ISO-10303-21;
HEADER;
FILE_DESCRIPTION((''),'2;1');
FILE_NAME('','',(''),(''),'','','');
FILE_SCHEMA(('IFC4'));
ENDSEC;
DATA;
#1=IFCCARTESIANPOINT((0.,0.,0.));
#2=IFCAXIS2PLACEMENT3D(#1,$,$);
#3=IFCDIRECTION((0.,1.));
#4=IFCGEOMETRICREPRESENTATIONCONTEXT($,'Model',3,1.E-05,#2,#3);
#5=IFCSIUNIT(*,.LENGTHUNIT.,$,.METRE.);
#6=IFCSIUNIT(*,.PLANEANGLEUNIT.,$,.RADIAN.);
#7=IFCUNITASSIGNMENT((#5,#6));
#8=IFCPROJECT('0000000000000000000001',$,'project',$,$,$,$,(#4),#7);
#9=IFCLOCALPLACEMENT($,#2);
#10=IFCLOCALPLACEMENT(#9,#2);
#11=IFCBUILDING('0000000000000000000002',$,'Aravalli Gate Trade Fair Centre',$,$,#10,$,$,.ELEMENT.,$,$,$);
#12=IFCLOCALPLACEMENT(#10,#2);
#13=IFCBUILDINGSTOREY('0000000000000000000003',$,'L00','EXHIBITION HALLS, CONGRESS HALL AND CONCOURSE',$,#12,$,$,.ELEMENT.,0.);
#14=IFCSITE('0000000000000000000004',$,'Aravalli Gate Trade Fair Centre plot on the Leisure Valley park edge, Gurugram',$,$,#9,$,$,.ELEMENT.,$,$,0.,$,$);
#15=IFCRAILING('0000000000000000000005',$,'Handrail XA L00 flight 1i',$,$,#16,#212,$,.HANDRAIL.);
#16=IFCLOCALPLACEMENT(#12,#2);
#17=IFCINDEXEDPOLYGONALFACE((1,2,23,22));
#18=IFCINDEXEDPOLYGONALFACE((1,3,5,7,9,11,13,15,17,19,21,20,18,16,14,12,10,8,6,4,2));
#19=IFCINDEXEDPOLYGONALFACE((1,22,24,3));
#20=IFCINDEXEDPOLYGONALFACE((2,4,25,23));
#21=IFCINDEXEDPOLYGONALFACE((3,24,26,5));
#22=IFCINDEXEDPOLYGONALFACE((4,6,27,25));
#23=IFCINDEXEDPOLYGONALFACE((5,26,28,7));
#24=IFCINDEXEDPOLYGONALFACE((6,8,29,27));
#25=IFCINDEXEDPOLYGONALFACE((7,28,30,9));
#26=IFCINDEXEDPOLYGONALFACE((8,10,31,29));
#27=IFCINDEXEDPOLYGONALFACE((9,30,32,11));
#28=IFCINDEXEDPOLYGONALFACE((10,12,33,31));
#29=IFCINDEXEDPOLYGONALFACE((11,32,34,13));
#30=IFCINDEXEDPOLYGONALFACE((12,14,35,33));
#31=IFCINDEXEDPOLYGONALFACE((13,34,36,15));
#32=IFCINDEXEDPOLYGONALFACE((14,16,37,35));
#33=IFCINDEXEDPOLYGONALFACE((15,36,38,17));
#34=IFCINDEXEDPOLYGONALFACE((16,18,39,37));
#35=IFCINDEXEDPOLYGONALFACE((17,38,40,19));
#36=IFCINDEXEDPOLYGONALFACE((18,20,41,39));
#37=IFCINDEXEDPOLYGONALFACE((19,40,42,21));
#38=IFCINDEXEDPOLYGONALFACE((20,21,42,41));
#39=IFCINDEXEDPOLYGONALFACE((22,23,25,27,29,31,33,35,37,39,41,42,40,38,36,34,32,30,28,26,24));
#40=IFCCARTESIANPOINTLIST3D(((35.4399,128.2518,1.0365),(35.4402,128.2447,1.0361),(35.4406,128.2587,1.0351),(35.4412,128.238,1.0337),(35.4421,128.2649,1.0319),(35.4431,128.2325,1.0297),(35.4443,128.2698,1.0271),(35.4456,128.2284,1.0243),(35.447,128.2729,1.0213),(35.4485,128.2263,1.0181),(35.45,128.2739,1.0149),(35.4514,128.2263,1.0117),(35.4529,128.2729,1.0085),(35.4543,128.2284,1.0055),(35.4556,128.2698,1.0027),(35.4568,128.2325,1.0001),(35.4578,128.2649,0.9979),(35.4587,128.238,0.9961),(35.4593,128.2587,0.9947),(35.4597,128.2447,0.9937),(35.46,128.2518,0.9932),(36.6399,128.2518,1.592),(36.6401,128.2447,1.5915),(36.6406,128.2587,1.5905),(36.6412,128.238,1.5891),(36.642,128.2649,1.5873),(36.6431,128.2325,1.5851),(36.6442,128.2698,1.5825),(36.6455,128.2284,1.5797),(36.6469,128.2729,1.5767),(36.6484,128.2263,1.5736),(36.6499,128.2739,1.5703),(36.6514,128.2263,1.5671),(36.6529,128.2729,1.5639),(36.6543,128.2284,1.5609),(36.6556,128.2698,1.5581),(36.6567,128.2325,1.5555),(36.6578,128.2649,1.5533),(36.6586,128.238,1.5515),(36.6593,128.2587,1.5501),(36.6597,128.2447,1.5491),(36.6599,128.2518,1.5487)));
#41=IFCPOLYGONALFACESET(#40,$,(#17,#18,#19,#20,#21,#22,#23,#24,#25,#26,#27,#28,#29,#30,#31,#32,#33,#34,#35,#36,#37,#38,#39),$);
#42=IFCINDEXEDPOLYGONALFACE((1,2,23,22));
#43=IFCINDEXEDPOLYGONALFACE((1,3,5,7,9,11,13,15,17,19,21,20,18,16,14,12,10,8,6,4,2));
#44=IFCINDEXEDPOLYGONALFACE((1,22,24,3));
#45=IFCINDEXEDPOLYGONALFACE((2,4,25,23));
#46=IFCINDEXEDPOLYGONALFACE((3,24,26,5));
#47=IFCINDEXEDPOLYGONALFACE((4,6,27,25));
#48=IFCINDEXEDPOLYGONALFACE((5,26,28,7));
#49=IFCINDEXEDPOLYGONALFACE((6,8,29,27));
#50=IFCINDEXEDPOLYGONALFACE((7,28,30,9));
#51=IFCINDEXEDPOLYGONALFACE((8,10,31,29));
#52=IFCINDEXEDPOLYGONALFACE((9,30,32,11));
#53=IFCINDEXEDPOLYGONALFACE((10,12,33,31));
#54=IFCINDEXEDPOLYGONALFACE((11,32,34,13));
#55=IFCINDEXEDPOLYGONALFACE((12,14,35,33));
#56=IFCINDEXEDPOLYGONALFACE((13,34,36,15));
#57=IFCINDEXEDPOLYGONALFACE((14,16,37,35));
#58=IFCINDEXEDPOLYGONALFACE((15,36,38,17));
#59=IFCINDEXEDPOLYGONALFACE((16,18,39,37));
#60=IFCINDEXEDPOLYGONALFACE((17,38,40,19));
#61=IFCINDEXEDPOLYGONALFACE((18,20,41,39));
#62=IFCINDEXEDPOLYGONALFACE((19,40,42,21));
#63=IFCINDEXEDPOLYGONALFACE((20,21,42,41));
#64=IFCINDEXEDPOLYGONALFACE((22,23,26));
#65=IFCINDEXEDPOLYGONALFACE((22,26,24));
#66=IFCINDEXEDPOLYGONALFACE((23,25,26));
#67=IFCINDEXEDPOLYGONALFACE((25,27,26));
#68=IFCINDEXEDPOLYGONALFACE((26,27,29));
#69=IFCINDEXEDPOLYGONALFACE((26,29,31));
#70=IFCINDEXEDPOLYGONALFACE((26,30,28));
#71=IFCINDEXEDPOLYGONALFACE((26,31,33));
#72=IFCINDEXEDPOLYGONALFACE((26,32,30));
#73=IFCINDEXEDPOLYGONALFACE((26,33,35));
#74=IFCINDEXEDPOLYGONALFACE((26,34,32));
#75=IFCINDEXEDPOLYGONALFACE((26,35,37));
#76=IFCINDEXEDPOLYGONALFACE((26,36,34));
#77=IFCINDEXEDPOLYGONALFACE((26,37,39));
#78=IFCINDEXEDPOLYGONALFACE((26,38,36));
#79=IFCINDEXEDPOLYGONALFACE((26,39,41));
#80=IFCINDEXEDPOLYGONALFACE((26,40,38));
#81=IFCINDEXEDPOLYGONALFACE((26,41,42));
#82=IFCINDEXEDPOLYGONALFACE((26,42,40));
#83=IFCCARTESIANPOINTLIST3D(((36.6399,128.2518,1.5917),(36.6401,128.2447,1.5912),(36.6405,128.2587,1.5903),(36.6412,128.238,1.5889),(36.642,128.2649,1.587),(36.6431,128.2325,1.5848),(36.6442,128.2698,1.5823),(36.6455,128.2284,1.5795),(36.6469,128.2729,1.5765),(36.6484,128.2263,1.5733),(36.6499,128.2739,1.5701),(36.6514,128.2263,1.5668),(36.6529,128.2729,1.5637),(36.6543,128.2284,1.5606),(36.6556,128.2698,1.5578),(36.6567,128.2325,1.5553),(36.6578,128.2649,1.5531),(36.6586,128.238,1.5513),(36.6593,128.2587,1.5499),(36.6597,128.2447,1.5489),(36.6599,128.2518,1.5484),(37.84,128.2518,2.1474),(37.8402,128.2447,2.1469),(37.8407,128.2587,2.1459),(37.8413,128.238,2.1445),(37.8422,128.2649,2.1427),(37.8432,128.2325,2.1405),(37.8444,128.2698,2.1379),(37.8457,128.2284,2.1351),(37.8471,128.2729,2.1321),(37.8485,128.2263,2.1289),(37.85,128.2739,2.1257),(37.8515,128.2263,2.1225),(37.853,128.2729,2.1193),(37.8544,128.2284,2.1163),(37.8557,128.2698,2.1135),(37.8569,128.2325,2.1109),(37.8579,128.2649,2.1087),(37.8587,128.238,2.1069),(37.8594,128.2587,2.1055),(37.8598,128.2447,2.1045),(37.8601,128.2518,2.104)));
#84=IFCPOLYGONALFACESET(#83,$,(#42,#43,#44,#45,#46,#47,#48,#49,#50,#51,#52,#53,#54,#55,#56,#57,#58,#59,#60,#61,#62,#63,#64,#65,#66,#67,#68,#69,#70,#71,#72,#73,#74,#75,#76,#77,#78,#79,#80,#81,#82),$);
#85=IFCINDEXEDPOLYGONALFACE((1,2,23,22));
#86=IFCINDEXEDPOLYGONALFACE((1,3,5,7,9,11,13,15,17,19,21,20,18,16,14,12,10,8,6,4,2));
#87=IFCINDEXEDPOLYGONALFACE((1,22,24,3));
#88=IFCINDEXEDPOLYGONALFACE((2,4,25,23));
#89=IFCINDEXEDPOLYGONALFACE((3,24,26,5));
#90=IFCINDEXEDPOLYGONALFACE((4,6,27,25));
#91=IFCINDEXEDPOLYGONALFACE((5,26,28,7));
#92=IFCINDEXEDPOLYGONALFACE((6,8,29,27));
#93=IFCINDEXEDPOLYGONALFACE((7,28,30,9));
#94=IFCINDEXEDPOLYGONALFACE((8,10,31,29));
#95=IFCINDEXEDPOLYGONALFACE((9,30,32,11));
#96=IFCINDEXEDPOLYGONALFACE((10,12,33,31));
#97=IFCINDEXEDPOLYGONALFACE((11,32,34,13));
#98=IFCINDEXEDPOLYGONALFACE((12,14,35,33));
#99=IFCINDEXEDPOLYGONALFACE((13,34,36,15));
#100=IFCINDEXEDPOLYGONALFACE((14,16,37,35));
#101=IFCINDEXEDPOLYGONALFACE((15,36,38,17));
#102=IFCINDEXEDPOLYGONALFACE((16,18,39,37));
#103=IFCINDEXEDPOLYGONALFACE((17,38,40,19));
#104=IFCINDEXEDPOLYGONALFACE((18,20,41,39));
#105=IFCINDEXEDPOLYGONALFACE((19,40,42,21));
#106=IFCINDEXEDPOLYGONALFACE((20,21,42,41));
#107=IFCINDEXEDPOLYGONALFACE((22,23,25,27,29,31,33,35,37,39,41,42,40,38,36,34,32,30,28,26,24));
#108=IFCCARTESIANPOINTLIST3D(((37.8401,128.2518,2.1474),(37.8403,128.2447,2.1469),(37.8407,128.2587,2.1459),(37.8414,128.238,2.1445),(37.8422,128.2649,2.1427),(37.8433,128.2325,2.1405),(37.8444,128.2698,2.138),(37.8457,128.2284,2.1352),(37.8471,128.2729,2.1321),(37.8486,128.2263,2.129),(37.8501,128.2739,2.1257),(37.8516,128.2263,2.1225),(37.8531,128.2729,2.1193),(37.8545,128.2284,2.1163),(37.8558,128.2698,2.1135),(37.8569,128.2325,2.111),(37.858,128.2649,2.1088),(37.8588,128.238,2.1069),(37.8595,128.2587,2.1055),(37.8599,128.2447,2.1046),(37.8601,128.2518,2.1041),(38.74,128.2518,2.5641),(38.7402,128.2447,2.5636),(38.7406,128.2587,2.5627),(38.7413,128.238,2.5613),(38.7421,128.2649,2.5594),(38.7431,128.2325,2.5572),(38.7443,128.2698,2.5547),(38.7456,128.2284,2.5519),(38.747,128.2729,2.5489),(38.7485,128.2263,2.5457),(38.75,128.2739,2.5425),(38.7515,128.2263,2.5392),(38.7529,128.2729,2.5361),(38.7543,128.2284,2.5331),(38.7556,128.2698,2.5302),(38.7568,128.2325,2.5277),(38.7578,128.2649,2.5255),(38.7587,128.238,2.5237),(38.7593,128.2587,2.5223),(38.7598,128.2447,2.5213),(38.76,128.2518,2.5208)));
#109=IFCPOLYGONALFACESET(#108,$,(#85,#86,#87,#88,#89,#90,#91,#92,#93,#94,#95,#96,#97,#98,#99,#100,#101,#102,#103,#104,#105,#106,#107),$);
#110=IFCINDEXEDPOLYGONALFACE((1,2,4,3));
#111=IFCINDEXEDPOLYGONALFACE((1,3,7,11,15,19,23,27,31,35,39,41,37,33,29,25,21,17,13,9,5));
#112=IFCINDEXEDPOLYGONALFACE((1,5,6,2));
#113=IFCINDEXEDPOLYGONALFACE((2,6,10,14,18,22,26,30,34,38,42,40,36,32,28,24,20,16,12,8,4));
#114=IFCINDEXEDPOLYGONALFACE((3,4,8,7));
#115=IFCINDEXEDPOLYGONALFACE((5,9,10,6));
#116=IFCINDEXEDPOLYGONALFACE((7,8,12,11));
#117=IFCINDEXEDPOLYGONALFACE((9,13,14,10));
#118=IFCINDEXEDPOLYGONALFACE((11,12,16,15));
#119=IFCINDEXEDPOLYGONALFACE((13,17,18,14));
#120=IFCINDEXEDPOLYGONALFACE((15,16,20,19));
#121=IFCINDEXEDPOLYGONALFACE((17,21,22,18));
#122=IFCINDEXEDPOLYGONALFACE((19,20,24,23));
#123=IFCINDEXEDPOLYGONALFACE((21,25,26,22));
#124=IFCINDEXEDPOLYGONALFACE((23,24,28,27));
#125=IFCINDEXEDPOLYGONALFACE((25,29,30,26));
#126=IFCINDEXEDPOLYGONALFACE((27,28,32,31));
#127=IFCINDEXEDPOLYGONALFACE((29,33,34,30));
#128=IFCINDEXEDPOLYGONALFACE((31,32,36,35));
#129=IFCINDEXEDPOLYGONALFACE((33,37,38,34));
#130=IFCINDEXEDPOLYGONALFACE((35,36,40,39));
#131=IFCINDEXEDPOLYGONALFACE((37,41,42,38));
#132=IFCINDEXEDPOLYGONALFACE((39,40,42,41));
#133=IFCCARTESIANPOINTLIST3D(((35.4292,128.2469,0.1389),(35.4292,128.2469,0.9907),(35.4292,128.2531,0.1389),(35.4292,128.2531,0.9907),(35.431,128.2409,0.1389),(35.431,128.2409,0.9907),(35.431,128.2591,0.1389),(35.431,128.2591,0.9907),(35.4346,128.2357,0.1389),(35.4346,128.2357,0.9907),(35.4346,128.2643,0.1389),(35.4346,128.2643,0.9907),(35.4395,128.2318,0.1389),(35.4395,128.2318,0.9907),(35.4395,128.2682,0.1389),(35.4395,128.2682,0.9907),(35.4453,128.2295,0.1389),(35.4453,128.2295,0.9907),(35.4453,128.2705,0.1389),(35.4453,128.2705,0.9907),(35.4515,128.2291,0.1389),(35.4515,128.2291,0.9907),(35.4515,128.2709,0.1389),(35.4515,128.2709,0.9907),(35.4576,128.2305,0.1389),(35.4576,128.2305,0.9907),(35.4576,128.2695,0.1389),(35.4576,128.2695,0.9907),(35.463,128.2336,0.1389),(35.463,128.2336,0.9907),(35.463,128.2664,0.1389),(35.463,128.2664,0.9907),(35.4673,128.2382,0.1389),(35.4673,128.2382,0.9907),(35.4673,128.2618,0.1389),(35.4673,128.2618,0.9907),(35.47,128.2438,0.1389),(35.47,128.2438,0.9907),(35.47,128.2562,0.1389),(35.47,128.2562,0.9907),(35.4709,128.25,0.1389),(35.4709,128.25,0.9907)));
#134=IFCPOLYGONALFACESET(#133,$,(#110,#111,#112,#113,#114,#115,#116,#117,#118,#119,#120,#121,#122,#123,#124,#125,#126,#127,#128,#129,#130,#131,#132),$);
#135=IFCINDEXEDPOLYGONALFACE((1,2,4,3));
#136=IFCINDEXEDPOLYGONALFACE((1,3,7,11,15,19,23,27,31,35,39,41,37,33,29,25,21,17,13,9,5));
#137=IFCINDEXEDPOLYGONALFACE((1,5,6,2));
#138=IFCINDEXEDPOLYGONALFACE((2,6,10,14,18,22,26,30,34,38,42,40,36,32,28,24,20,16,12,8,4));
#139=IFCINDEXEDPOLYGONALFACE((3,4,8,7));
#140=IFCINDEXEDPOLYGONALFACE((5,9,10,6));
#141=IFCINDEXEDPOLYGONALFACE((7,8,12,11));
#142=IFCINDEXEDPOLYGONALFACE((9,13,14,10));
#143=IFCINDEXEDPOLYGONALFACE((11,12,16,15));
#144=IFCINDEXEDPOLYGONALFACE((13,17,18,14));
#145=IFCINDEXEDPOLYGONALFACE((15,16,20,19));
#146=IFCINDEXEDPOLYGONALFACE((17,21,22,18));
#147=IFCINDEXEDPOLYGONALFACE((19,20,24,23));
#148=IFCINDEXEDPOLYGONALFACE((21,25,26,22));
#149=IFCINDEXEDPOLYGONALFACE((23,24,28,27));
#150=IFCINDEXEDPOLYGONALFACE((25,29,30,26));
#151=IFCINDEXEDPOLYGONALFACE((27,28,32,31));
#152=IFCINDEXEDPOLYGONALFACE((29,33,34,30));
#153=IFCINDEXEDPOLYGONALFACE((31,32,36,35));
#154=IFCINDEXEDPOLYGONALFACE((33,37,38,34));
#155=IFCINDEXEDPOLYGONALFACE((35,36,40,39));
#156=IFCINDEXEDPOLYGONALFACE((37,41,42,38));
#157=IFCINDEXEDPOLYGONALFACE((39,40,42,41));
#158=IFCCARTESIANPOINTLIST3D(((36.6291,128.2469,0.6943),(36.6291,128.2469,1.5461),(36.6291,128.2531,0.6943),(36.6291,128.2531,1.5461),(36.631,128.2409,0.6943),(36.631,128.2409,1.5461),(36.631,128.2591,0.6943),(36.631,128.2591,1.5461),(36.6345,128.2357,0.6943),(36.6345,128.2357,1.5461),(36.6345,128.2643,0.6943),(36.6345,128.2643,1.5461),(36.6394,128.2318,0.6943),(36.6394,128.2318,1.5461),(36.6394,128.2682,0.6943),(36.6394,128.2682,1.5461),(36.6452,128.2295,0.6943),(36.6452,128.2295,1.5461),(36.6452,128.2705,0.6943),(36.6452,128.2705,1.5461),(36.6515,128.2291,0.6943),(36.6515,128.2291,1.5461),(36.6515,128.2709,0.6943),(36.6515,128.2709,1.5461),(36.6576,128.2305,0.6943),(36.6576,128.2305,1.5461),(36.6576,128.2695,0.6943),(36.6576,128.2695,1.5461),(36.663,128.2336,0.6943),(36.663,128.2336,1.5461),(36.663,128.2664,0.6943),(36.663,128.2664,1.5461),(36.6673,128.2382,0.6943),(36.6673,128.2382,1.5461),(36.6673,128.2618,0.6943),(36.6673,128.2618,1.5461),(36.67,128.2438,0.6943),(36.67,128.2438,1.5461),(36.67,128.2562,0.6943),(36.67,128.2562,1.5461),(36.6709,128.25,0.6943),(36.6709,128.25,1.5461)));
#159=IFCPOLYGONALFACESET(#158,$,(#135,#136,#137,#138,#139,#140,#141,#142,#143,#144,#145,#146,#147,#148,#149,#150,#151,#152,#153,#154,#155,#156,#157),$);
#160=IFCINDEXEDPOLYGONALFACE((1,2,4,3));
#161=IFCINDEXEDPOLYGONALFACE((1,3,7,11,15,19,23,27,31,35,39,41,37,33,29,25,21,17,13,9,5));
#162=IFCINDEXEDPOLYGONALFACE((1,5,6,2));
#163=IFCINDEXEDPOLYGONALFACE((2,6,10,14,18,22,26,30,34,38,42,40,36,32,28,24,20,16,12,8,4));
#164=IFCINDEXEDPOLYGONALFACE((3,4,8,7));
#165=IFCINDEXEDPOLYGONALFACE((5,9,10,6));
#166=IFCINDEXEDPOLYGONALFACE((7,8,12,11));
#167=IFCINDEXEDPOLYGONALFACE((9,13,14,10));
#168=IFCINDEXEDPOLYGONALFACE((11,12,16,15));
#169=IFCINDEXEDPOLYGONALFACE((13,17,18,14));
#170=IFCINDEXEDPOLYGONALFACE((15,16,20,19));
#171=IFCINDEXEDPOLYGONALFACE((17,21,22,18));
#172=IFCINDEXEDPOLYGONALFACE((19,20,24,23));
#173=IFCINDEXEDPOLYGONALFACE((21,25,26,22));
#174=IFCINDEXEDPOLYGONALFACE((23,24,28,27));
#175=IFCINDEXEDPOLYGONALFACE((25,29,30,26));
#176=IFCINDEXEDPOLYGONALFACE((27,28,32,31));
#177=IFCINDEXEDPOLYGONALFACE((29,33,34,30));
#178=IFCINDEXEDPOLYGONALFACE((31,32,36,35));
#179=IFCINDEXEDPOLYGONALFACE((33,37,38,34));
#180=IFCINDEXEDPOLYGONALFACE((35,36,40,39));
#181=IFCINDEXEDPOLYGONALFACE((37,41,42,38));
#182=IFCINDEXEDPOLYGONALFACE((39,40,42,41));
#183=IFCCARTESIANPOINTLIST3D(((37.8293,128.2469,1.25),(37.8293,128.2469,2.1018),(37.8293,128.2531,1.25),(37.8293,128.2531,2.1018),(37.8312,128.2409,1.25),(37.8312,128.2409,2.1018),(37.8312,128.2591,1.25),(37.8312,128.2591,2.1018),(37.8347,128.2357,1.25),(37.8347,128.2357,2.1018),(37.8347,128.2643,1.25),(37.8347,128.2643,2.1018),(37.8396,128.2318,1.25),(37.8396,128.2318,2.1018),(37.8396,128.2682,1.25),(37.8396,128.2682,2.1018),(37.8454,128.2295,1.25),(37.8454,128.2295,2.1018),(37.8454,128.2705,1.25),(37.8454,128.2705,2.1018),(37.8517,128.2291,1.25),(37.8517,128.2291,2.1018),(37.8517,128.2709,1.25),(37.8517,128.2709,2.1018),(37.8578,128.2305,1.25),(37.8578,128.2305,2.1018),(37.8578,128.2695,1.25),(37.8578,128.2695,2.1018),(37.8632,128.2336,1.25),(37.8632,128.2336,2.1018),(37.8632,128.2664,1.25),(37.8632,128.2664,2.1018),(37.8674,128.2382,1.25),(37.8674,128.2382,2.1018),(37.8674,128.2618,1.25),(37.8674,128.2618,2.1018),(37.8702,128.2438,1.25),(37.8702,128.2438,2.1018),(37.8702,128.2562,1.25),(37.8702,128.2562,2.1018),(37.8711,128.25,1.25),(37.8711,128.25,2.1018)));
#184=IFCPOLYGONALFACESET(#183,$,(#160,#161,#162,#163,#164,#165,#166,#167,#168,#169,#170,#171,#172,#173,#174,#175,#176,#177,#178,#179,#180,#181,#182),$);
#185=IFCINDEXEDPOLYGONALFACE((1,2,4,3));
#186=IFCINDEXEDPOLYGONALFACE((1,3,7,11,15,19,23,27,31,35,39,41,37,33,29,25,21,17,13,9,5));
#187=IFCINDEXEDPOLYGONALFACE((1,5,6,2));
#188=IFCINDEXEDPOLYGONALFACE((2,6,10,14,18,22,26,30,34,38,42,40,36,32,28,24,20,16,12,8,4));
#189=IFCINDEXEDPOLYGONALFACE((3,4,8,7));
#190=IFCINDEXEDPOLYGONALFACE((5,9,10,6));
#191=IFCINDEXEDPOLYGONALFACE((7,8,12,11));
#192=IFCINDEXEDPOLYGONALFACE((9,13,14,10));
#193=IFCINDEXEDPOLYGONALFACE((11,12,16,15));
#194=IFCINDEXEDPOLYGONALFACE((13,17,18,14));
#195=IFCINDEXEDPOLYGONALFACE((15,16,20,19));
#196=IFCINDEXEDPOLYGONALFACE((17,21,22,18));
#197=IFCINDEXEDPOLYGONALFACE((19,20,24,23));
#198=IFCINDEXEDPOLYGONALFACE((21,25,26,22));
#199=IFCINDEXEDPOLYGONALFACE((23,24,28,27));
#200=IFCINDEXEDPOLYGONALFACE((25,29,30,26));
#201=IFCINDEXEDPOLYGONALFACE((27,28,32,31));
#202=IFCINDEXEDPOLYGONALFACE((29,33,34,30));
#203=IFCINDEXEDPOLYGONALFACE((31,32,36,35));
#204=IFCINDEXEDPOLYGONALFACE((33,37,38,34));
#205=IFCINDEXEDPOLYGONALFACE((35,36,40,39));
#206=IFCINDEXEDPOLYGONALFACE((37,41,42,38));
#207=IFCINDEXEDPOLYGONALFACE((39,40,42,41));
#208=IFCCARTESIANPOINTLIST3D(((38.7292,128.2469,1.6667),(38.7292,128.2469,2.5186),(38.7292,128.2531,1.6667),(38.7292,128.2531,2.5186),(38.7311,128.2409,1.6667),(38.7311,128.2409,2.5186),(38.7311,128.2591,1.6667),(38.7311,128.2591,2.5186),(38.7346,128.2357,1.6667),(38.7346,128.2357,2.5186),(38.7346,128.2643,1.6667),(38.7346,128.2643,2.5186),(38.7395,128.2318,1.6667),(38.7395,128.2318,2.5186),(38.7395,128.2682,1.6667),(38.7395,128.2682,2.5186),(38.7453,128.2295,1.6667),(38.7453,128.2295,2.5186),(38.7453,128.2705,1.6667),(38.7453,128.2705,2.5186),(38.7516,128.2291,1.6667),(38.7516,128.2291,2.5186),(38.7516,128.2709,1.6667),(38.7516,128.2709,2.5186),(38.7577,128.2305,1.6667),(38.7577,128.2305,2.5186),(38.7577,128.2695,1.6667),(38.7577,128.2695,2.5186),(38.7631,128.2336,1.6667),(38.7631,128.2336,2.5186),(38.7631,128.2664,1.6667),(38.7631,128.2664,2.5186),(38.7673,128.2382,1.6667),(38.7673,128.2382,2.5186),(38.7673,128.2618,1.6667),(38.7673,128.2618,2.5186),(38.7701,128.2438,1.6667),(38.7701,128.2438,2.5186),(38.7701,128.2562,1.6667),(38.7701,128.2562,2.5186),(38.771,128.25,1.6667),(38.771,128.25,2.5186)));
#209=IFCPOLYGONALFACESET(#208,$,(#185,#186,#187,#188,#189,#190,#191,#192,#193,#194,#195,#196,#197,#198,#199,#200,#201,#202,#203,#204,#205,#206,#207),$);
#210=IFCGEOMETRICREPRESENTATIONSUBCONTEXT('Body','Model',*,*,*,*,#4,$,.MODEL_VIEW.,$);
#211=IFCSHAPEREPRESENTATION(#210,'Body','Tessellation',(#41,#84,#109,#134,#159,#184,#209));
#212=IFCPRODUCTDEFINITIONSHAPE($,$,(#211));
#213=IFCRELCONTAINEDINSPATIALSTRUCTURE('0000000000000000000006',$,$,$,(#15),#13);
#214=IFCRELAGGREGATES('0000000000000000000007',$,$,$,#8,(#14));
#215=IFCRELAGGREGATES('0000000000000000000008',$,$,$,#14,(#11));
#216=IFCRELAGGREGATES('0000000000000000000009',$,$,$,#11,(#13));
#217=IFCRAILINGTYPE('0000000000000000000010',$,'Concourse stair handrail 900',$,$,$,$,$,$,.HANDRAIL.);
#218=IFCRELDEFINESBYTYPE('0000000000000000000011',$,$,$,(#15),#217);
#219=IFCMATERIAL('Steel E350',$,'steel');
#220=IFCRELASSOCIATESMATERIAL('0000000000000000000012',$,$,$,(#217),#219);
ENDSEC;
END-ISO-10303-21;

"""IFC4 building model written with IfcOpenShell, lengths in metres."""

from ifc_helpers import new_model, si_unit, direction, frame, origin, origin_2d, place, context, subcontext, project, spatial, circle, extrude, material, type_object, element, save


model = new_model("IFC4")

# Units and contexts
model_context = context("Model", 3, precision=1e-05, world=origin(), true_north=direction((0.0, 1.0)))
body_context = subcontext(model_context, "Body", "Model", "MODEL_VIEW")
ifc_project = project(units=[si_unit("LENGTHUNIT", "METRE"), si_unit("PLANEANGLEUNIT", "RADIAN")], contexts=[model_context])

# Site, building, storey
site_placement = place(None, origin())
site = spatial("IfcSite", under=ifc_project, at=site_placement, Name="Aravalli Gate Trade Fair Centre plot on the Leisure Valley park edge, Gurugram", CompositionType="ELEMENT", RefElevation=0.0)
building_placement = place(site_placement, origin())
building = spatial("IfcBuilding", under=site, at=building_placement, Name="Aravalli Gate Trade Fair Centre", CompositionType="ELEMENT")
storey_placement = place(building_placement, origin())
storey = spatial("IfcBuildingStorey", under=building, at=storey_placement, Name="L00", Description="EXHIBITION HALLS, CONGRESS HALL AND CONCOURSE", CompositionType="ELEMENT", Elevation=0.0)

# Shared definitions
ifc_material_1 = material(Name="Steel E350", Category="steel")

# Railing
railing_type = type_object("IfcRailingType", Name="Concourse stair handrail 900", PredefinedType="HANDRAIL", material=ifc_material_1)
for number, where, name in (
    (1, (35.45, 128.25, 0.1389), "Handrail XA L00 flight 1i"),
):
    element("IfcRailing", number, at=place(storey_placement, frame(where)), inside=storey, type_object=railing_type, Name=name, PredefinedType="HANDRAIL", context=body_context, shape_type="SweptSolid", body=[
        extrude(circle(Radius=0.0239, at=origin_2d()), frame((0.0, 0.0, 0.876), z_axis=(0.907499, 0.0, 0.420053), x_axis=(0.0, 1.0, 0.0)), (0.0, 0.0, 1.0), 1.3223),
        extrude(circle(Radius=0.0239, at=origin_2d()), frame((1.2, 0.0, 1.4312), z_axis=(0.907462, 0.0, 0.420135), x_axis=(0.0, 1.0, 0.0)), (0.0, 0.0, 1.0), 1.3225),
        extrude(circle(Radius=0.0239, at=origin_2d()), frame((2.4001, 0.0, 1.9868), z_axis=(0.907418, 0.0, 0.420229), x_axis=(0.0, 1.0, 0.0)), (0.0, 0.0, 1.0), 0.9917),
        extrude(circle(Radius=0.021, at=origin_2d()), origin(), (0.0, 0.0, 1.0), 0.8518),
        extrude(circle(Radius=0.021, at=origin_2d()), frame((1.2, 0.0, 0.5554)), (0.0, 0.0, 1.0), 0.8518),
        extrude(circle(Radius=0.021, at=origin_2d()), frame((2.4001, 0.0, 1.1111)), (0.0, 0.0, 1.0), 0.8518),
        extrude(circle(Radius=0.021, at=origin_2d()), frame((3.3, 0.0, 1.5278)), (0.0, 0.0, 1.0), 0.8518),
    ])

save(model, "model.ifc")
